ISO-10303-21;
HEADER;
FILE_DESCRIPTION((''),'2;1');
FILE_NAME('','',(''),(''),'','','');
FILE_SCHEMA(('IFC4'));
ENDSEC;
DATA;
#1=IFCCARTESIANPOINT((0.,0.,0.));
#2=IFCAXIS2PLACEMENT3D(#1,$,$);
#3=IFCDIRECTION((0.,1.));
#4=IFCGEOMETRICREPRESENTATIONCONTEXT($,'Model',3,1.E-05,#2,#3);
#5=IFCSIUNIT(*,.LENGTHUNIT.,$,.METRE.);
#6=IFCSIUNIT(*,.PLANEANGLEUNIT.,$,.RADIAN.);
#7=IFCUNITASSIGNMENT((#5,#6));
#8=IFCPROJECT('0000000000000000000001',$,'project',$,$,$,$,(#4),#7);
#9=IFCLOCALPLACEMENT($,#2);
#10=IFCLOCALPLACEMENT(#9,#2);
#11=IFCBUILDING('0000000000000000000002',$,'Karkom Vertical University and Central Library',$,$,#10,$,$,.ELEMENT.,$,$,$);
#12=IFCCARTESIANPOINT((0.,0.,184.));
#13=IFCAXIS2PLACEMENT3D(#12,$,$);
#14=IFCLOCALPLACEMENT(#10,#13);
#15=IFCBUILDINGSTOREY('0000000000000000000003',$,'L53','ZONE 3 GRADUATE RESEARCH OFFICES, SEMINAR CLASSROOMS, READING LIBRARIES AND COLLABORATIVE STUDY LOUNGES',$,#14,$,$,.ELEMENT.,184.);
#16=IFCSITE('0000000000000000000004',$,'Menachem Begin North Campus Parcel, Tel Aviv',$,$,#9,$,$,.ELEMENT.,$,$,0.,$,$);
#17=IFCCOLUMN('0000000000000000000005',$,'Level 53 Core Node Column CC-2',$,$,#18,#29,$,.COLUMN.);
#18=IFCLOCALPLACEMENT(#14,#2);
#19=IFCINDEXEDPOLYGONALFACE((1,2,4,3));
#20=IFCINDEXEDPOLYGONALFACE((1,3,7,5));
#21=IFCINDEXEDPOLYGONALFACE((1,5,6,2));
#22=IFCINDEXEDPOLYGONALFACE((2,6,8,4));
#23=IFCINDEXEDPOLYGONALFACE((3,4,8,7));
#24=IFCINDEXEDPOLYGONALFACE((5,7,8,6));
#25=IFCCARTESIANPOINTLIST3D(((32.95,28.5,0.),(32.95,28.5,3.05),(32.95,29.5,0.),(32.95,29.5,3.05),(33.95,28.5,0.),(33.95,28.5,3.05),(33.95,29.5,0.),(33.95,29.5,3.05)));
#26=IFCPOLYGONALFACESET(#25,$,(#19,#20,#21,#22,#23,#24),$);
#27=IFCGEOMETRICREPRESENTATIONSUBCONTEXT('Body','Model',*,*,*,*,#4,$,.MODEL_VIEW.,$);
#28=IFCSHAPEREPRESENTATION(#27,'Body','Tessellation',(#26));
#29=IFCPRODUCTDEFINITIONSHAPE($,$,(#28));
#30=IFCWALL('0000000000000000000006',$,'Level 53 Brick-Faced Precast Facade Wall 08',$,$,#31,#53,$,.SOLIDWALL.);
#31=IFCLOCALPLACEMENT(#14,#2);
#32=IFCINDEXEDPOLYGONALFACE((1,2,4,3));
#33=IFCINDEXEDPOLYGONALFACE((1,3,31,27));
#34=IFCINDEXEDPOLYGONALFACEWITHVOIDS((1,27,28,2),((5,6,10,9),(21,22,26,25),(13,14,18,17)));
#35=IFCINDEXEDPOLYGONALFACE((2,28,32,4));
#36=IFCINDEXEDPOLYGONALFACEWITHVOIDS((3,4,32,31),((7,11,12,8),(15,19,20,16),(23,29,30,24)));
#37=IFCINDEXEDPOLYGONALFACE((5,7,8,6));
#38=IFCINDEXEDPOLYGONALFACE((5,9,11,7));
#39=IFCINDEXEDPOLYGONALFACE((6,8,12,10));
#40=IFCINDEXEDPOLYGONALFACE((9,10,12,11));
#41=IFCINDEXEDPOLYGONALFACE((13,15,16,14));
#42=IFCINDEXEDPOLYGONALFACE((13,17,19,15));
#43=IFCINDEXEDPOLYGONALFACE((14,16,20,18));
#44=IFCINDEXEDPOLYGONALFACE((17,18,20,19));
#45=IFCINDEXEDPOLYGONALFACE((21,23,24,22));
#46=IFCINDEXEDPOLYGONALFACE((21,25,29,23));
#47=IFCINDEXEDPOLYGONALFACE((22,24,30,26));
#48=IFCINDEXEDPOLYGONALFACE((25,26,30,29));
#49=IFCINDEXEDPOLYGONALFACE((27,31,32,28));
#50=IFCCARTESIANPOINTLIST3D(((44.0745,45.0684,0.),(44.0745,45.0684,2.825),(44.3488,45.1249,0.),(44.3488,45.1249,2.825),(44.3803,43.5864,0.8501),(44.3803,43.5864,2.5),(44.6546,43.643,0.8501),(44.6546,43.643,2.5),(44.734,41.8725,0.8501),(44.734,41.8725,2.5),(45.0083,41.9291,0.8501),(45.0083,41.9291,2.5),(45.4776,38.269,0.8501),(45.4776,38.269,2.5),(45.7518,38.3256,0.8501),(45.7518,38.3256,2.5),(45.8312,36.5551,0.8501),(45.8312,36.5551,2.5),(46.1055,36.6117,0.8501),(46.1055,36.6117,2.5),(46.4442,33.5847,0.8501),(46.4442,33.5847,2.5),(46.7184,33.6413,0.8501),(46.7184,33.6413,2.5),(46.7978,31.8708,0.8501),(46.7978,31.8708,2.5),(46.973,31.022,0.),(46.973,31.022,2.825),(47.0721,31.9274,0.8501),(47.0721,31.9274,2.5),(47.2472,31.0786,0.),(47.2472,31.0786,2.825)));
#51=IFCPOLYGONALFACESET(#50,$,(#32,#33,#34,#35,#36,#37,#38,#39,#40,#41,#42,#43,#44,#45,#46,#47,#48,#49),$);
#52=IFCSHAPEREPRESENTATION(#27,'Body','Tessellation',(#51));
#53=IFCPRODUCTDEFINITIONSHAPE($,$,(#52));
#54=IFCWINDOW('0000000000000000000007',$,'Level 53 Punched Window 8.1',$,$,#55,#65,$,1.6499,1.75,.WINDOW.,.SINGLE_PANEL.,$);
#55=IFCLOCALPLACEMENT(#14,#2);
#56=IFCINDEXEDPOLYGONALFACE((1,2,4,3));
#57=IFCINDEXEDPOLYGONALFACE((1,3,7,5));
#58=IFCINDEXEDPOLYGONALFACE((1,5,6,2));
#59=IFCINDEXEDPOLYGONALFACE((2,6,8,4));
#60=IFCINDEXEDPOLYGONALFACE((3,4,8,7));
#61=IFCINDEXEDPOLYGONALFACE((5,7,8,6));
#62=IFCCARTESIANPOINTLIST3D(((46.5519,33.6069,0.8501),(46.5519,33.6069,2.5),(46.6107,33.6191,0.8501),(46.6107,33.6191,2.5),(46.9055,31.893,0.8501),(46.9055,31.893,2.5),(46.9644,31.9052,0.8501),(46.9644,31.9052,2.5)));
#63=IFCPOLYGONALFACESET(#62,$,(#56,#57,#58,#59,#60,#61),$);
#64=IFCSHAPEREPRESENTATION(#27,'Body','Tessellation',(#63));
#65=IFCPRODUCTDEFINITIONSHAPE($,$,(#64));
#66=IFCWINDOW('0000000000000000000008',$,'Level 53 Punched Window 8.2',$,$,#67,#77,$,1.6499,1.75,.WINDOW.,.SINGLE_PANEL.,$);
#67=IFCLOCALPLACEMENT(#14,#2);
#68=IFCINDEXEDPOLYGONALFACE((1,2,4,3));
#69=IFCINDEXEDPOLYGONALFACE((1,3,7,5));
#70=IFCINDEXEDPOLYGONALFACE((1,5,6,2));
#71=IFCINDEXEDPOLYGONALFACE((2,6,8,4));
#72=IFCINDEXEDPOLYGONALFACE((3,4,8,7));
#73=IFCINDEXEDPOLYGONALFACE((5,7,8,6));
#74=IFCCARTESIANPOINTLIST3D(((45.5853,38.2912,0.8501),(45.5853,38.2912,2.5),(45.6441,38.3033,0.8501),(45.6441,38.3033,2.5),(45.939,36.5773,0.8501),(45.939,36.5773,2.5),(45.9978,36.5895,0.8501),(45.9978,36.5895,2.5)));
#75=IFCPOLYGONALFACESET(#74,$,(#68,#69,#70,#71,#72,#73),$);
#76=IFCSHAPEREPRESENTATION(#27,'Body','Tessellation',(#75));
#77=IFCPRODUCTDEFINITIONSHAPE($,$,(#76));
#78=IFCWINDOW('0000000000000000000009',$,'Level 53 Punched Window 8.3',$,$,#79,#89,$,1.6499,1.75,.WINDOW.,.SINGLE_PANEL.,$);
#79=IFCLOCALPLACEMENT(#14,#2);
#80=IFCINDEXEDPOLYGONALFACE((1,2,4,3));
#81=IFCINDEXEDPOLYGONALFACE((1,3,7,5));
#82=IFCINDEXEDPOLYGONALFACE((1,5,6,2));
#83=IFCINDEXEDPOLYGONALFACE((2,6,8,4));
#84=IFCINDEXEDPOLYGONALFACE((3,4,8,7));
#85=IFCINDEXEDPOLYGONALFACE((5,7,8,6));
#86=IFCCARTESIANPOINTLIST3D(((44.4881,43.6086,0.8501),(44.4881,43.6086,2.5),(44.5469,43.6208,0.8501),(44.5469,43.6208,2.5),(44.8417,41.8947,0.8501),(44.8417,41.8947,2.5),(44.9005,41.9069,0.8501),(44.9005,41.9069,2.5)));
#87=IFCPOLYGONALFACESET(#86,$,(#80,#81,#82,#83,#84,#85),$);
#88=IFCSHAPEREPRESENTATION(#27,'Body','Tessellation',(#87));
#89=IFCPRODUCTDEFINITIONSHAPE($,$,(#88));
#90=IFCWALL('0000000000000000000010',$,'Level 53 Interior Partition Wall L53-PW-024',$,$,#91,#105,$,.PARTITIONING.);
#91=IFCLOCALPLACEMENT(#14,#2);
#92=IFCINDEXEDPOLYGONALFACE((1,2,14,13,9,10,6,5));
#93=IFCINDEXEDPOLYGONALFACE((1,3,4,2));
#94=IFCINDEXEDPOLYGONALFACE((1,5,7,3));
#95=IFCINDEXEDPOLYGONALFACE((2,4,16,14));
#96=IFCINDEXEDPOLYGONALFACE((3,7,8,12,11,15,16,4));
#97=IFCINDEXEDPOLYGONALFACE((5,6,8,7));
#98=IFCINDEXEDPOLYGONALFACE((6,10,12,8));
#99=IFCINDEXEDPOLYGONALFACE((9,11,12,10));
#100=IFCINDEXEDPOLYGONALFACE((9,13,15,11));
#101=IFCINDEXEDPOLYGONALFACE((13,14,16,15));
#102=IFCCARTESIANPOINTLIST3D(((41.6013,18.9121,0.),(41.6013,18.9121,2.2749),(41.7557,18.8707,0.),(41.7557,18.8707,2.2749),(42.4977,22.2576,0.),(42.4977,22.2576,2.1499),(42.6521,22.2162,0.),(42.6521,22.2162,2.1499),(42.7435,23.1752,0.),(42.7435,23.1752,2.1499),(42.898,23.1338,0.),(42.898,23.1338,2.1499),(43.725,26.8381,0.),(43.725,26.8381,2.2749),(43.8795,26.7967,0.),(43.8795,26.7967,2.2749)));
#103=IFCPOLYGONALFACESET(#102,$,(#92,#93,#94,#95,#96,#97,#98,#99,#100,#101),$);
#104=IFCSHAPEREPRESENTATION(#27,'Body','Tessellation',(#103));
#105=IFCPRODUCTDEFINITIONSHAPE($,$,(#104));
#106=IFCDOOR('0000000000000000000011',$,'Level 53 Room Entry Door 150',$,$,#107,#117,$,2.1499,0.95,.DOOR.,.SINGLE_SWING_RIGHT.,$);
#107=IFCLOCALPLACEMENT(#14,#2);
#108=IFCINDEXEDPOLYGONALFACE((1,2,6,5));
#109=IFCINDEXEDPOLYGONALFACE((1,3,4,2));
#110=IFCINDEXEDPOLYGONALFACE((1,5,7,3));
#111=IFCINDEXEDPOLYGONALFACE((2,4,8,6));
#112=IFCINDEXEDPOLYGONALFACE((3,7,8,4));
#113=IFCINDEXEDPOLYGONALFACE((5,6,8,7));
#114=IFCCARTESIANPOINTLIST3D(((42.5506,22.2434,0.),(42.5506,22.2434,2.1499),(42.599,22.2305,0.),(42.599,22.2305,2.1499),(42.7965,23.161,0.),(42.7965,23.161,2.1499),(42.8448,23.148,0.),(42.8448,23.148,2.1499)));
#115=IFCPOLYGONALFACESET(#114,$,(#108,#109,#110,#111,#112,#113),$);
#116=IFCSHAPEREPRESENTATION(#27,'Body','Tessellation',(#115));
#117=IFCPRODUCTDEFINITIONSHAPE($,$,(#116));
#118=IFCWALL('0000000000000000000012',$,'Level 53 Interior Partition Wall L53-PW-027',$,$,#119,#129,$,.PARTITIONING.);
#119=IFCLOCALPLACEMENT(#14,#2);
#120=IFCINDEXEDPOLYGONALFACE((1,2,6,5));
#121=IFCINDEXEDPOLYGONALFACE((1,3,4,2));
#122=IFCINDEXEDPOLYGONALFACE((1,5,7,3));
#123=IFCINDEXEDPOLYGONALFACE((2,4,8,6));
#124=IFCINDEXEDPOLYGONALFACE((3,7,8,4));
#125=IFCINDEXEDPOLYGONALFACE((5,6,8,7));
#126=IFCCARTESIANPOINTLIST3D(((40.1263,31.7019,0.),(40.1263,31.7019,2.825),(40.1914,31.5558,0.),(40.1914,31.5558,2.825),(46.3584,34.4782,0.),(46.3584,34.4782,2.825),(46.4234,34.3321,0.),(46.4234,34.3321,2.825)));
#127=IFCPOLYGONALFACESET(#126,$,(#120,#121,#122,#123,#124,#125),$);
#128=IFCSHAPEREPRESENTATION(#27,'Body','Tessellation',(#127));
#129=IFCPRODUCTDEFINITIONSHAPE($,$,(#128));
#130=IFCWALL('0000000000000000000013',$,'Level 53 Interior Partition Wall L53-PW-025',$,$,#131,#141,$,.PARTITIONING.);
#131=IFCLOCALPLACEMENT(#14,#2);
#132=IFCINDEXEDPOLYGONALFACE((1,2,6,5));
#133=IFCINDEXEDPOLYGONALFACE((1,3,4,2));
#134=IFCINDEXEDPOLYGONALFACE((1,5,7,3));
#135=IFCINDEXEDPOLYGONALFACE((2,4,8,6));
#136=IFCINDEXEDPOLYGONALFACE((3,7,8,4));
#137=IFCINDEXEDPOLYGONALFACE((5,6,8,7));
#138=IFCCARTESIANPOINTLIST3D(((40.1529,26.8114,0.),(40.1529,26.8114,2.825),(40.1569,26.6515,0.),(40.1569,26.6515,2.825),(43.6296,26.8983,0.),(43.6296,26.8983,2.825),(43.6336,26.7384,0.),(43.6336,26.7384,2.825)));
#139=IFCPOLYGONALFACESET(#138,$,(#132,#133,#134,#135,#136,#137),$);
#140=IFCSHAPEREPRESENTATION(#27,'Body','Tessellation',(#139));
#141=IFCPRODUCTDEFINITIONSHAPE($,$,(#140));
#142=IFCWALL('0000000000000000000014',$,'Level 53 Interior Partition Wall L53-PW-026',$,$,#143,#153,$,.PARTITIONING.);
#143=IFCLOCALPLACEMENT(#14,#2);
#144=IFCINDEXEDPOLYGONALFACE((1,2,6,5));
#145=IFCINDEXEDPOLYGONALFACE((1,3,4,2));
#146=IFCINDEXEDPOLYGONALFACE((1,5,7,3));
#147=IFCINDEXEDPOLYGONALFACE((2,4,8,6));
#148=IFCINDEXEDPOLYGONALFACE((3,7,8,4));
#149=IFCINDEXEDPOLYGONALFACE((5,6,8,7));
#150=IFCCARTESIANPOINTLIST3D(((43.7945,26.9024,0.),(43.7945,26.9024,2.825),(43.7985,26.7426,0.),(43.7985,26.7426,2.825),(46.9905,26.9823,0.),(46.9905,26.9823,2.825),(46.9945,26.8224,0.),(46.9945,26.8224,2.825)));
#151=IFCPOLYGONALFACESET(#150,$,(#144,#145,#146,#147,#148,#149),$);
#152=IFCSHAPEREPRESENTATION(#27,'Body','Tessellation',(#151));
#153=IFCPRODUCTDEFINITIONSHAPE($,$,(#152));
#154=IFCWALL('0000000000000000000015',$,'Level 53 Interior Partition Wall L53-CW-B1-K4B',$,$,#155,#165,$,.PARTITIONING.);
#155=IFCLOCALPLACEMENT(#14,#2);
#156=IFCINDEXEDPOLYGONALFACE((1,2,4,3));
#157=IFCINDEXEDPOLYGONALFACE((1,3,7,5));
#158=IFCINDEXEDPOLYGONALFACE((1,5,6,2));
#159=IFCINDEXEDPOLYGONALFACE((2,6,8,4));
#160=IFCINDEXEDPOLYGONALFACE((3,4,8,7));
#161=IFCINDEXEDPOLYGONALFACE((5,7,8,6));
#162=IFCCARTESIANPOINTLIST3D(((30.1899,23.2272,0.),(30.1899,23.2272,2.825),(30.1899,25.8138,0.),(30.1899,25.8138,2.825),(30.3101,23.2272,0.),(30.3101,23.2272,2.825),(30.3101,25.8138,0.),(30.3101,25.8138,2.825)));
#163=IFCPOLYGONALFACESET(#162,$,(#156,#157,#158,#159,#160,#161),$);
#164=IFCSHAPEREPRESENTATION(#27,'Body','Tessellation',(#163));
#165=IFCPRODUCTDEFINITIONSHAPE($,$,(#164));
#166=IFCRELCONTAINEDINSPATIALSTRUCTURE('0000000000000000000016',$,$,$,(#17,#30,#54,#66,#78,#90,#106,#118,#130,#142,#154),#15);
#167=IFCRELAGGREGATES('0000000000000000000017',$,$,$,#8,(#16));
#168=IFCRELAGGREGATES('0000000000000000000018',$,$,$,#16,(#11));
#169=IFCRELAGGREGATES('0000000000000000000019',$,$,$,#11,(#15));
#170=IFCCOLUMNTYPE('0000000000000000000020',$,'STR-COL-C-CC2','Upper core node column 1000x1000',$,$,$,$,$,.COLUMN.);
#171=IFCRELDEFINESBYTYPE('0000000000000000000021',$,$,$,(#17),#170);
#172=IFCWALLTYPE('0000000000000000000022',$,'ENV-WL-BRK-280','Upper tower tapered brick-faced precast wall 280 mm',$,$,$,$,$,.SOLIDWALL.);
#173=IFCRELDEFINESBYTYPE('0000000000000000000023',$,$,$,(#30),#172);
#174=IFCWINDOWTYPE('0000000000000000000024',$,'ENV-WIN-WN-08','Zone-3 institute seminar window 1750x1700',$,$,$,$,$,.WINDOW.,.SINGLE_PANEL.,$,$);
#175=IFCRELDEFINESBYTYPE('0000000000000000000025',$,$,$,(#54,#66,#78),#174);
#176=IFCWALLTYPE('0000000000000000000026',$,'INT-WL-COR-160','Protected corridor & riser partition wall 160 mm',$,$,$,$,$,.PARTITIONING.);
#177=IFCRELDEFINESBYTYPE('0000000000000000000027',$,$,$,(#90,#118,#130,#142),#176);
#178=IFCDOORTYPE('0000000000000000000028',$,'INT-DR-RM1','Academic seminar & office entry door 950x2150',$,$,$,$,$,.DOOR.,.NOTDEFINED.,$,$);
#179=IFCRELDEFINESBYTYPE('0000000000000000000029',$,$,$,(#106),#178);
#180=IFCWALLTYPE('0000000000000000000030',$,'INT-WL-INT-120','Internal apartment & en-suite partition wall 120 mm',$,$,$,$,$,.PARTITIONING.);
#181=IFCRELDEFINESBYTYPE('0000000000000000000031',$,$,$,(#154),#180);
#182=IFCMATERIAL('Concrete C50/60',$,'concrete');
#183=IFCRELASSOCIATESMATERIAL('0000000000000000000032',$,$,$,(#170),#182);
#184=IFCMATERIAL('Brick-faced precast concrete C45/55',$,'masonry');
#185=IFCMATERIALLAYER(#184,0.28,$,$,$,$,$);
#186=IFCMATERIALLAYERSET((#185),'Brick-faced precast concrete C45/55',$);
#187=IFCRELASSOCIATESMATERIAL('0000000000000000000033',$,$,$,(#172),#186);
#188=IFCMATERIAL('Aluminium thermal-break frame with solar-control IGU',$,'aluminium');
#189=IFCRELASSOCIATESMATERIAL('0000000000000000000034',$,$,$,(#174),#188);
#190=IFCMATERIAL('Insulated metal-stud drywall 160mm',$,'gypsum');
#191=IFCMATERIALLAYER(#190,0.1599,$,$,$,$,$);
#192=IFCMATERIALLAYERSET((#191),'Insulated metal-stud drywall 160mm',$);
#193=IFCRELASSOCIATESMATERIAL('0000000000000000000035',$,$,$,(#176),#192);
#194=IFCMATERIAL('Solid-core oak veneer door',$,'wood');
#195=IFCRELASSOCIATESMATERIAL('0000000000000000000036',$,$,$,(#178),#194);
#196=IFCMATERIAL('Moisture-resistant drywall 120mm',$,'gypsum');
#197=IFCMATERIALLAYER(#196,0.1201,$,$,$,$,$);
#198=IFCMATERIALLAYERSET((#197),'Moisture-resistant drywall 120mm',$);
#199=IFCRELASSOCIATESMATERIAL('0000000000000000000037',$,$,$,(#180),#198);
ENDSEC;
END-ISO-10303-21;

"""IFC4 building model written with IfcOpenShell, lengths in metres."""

from ifc_helpers import new_model, si_unit, direction, frame, frame_2d, origin, origin_with_axes, origin_2d, place, context, subcontext, project, spatial, rectangle, extrude, source, transform, mapped, material, layer, layer_set, material_profile, profile_set, type_object, element, fill, save


model = new_model("IFC4")

# Units and contexts
model_context = context("Model", 3, precision=1e-05, world=origin(), true_north=direction((0.0, 1.0)))
body_context = subcontext(model_context, "Body", "Model", "MODEL_VIEW")
ifc_project = project(units=[si_unit("LENGTHUNIT", "METRE"), si_unit("PLANEANGLEUNIT", "RADIAN")], contexts=[model_context])

# Site, building, storey
site_placement = place(None, origin())
site = spatial("IfcSite", under=ifc_project, at=site_placement, Name="Menachem Begin North Campus Parcel, Tel Aviv", CompositionType="ELEMENT", RefElevation=0.0)
building_placement = place(site_placement, origin())
building = spatial("IfcBuilding", under=site, at=building_placement, Name="Karkom Vertical University and Central Library", CompositionType="ELEMENT")
storey_placement = place(building_placement, frame((0.0, 0.0, 184.0)))
storey = spatial("IfcBuildingStorey", under=building, at=storey_placement, Name="L53", Description="ZONE 3 GRADUATE RESEARCH OFFICES, SEMINAR CLASSROOMS, READING LIBRARIES AND COLLABORATIVE STUDY LOUNGES", CompositionType="ELEMENT", Elevation=184.0)

# Column
ifc_material_1 = material(Name="Concrete C50/60", Category="concrete")
ifc_material_profile = material_profile(ifc_material_1, rectangle(XDim=1.0, YDim=1.0, at=origin_2d()), Name="RC-1000x1000")
ifc_profile_set = profile_set([ifc_material_profile], Name="Concrete C50/60")
column_type = type_object("IfcColumnType", Name="STR-COL-C-CC2", Description="Upper core node column 1000x1000", PredefinedType="COLUMN", material=ifc_profile_set)
shared_shape_1 = source(origin_with_axes(), body_context, "Body", "SweptSolid", [
    extrude(rectangle(XDim=1.0, YDim=1.0, at=origin_2d()), origin(), (0.0, 0.0, 1.0), 3.05),
])
column_placement = place(storey_placement, frame((33.45, 29.0, 0.0), z_axis=(0.0, 0.0, 1.0), x_axis=(1.0, 0.0, 0.0)))
element("IfcColumn", 1, at=column_placement, inside=storey, type_object=column_type, Name="Level 53 Core Node Column CC-2", PredefinedType="COLUMN", context=body_context, shape_type="MappedRepresentation", body=[
    mapped(shared_shape_1, transform((0.0, 0.0, 0.0), scale=1.0)),
])

# Wall, openings, windows
ifc_material_2 = material(Name="Brick-faced precast concrete C45/55", Category="masonry")
ifc_layer_1 = layer(ifc_material_2, 0.28)
ifc_layer_set_1 = layer_set([ifc_layer_1], Name="Brick-faced precast concrete C45/55")
wall_type_1 = type_object("IfcWallType", Name="ENV-WL-BRK-280", Description="Upper tower tapered brick-faced precast wall 280 mm", PredefinedType="SOLIDWALL", material=ifc_layer_set_1)
wall_1_placement = place(storey_placement, frame((47.1101, 31.0503, 0.0), z_axis=(0.0, 0.0, 1.0), x_axis=(-0.20209, 0.979367, 0.0)))
wall_1 = element("IfcWall", 2, at=wall_1_placement, inside=storey, type_object=wall_type_1, Name="Level 53 Brick-Faced Precast Facade Wall 08", PredefinedType="SOLIDWALL", context=body_context, shape_type="SweptSolid", body=[
    extrude(rectangle(XDim=14.3423, YDim=0.28, at=frame_2d((7.1711, 0.0))), origin(), (0.0, 0.0, 1.0), 2.825),
])
opening_1_placement = place(wall_1_placement, frame((0.8667, 0.0, 0.8501)))
opening_1 = element("IfcOpeningElement", 3, at=opening_1_placement, cuts=wall_1, PredefinedType="OPENING", context=body_context, shape_type="SweptSolid", body=[
    extrude(rectangle(XDim=1.75, YDim=1.6499, at=frame_2d((0.875, 0.825))), frame((0.0, 0.1499, 0.0), z_axis=(0.0, -1.0, 0.0), x_axis=(1.0, 0.0, 0.0)), (0.0, 0.0, 1.0), 0.3),
])
opening_2_placement = place(wall_1_placement, frame((5.6497, 0.0, 0.8501)))
opening_2 = element("IfcOpeningElement", 4, at=opening_2_placement, cuts=wall_1, PredefinedType="OPENING", context=body_context, shape_type="SweptSolid", body=[
    extrude(rectangle(XDim=1.75, YDim=1.6499, at=frame_2d((0.875, 0.825))), frame((0.0, 0.1499, 0.0), z_axis=(0.0, -1.0, 0.0), x_axis=(1.0, 0.0, 0.0)), (0.0, 0.0, 1.0), 0.3),
])
opening_3_placement = place(wall_1_placement, frame((11.0791, 0.0, 0.8501)))
opening_3 = element("IfcOpeningElement", 5, at=opening_3_placement, cuts=wall_1, PredefinedType="OPENING", context=body_context, shape_type="SweptSolid", body=[
    extrude(rectangle(XDim=1.75, YDim=1.6499, at=frame_2d((0.875, 0.825))), frame((0.0, 0.1499, 0.0), z_axis=(0.0, -1.0, 0.0), x_axis=(1.0, 0.0, 0.0)), (0.0, 0.0, 1.0), 0.3),
])
ifc_material_3 = material(Name="Aluminium thermal-break frame with solar-control IGU", Category="aluminium")
window_type = type_object("IfcWindowType", Name="ENV-WIN-WN-08", Description="Zone-3 institute seminar window 1750x1700", PartitioningType="SINGLE_PANEL", PredefinedType="WINDOW", material=ifc_material_3)
shared_shape_2 = source(origin_with_axes(), body_context, "Body", "SweptSolid", [
    extrude(rectangle(XDim=1.75, YDim=1.6499, at=frame_2d((0.875, 0.825))), frame((0.0, 0.03, 0.0), z_axis=(0.0, -1.0, 0.0), x_axis=(1.0, 0.0, 0.0)), (0.0, 0.0, 1.0), 0.0601),
])
window_1_placement = place(opening_1_placement, origin())
window_1 = element("IfcWindow", 6, at=window_1_placement, inside=storey, type_object=window_type, Name="Level 53 Punched Window 8.1", OverallHeight=1.6499, OverallWidth=1.75, PartitioningType="SINGLE_PANEL", PredefinedType="WINDOW", context=body_context, shape_type="MappedRepresentation", body=[
    mapped(shared_shape_2, transform((0.0, 0.0, 0.0), scale=1.0)),
])
fill(opening_1, window_1)
window_2_placement = place(opening_2_placement, origin())
window_2 = element("IfcWindow", 7, at=window_2_placement, inside=storey, type_object=window_type, Name="Level 53 Punched Window 8.2", OverallHeight=1.6499, OverallWidth=1.75, PartitioningType="SINGLE_PANEL", PredefinedType="WINDOW", context=body_context, shape_type="MappedRepresentation", body=[
    mapped(shared_shape_2, transform((0.0, 0.0, 0.0), scale=1.0)),
])
fill(opening_2, window_2)
window_3_placement = place(opening_3_placement, origin())
window_3 = element("IfcWindow", 8, at=window_3_placement, inside=storey, type_object=window_type, Name="Level 53 Punched Window 8.3", OverallHeight=1.6499, OverallWidth=1.75, PartitioningType="SINGLE_PANEL", PredefinedType="WINDOW", context=body_context, shape_type="MappedRepresentation", body=[
    mapped(shared_shape_2, transform((0.0, 0.0, 0.0), scale=1.0)),
])
fill(opening_3, window_3)

# Wall, opening, door
ifc_material_4 = material(Name="Insulated metal-stud drywall 160mm", Category="gypsum")
ifc_layer_2 = layer(ifc_material_4, 0.1599)
ifc_layer_set_2 = layer_set([ifc_layer_2], Name="Insulated metal-stud drywall 160mm")
wall_type_2 = type_object("IfcWallType", Name="INT-WL-COR-160", Description="Protected corridor & riser partition wall 160 mm", PredefinedType="PARTITIONING", material=ifc_layer_set_2)
wall_2_placement = place(storey_placement, frame((43.8022, 26.8174, 0.0), z_axis=(0.0, 0.0, 1.0), x_axis=(-0.25882, -0.965926, 0.0)))
wall_2 = element("IfcWall", 9, at=wall_2_placement, inside=storey, type_object=wall_type_2, Name="Level 53 Interior Partition Wall L53-PW-024", PredefinedType="PARTITIONING", context=body_context, shape_type="SweptSolid", body=[
    extrude(rectangle(XDim=8.2056, YDim=0.1599, at=frame_2d((4.1028, 0.0))), origin(), (0.0, 0.0, 1.0), 2.2749),
])
opening_4_placement = place(wall_2_placement, frame((3.792, 0.0, 0.0)))
opening_4 = element("IfcOpeningElement", 10, at=opening_4_placement, cuts=wall_2, PredefinedType="OPENING", context=body_context, shape_type="SweptSolid", body=[
    extrude(rectangle(XDim=0.95, YDim=2.1499, at=frame_2d((0.4751, 1.075))), frame((0.0, 0.0898, 0.0), z_axis=(0.0, -1.0, 0.0), x_axis=(1.0, 0.0, 0.0)), (0.0, 0.0, 1.0), 0.1799),
])
ifc_material_5 = material(Name="Solid-core oak veneer door", Category="wood")
door_type_1 = type_object("IfcDoorType", Name="INT-DR-RM1", Description="Academic seminar & office entry door 950x2150", OperationType="NOTDEFINED", PredefinedType="DOOR", material=ifc_material_5)
shared_shape_3 = source(origin_with_axes(), body_context, "Body", "SweptSolid", [
    extrude(rectangle(XDim=0.95, YDim=2.1499, at=frame_2d((0.4751, 1.075))), frame((0.0, 0.0249, 0.0), z_axis=(0.0, -1.0, 0.0), x_axis=(1.0, 0.0, 0.0)), (0.0, 0.0, 1.0), 0.05),
])
door_1_placement = place(opening_4_placement, origin())
door_1 = element("IfcDoor", 11, at=door_1_placement, inside=storey, type_object=door_type_1, Name="Level 53 Room Entry Door 150", OperationType="SINGLE_SWING_RIGHT", OverallHeight=2.1499, OverallWidth=0.95, PredefinedType="DOOR", context=body_context, shape_type="MappedRepresentation", body=[
    mapped(shared_shape_3, transform((0.0, 0.0, 0.0), scale=1.0)),
])
fill(opening_4, door_1)

# Walls
wall_3_placement = place(storey_placement, frame((40.1589, 31.6289, 0.0), z_axis=(0.0, 0.0, 1.0), x_axis=(0.913457, 0.406935, 0.0)))
element("IfcWall", 12, at=wall_3_placement, inside=storey, type_object=wall_type_2, Name="Level 53 Interior Partition Wall L53-PW-027", PredefinedType="PARTITIONING", context=body_context, shape_type="SweptSolid", body=[
    extrude(rectangle(XDim=6.8225, YDim=0.1599, at=frame_2d((3.4111, 0.0))), origin(), (0.0, 0.0, 1.0), 2.825),
])
wall_4_placement = place(storey_placement, frame((40.155, 26.7314, 0.0), z_axis=(0.0, 0.0, 1.0), x_axis=(0.999688, 0.02499, 0.0)))
element("IfcWall", 13, at=wall_4_placement, inside=storey, type_object=wall_type_2, Name="Level 53 Interior Partition Wall L53-PW-025", PredefinedType="PARTITIONING", context=body_context, shape_type="SweptSolid", body=[
    extrude(rectangle(XDim=3.4778, YDim=0.1599, at=frame_2d((1.7388, 0.0))), origin(), (0.0, 0.0, 1.0), 2.825),
])
wall_5_placement = place(storey_placement, frame((43.7964, 26.8225, 0.0), z_axis=(0.0, 0.0, 1.0), x_axis=(0.999688, 0.024971, 0.0)))
element("IfcWall", 14, at=wall_5_placement, inside=storey, type_object=wall_type_2, Name="Level 53 Interior Partition Wall L53-PW-026", PredefinedType="PARTITIONING", context=body_context, shape_type="SweptSolid", body=[
    extrude(rectangle(XDim=3.197, YDim=0.1599, at=frame_2d((1.5986, 0.0))), origin(), (0.0, 0.0, 1.0), 2.825),
])
ifc_material_6 = material(Name="Moisture-resistant drywall 120mm", Category="gypsum")
ifc_layer_3 = layer(ifc_material_6, 0.1201)
ifc_layer_set_3 = layer_set([ifc_layer_3], Name="Moisture-resistant drywall 120mm")
wall_type_3 = type_object("IfcWallType", Name="INT-WL-INT-120", Description="Internal apartment & en-suite partition wall 120 mm", PredefinedType="PARTITIONING", material=ifc_layer_set_3)
wall_6_placement = place(storey_placement, frame((30.25, 23.2271, 0.0), z_axis=(0.0, 0.0, 1.0), x_axis=(0.0, 1.0, 0.0)))
element("IfcWall", 15, at=wall_6_placement, inside=storey, type_object=wall_type_3, Name="Level 53 Interior Partition Wall L53-CW-B1-K4B", PredefinedType="PARTITIONING", context=body_context, shape_type="SweptSolid", body=[
    extrude(rectangle(XDim=2.5867, YDim=0.1201, at=frame_2d((1.2935, 0.0))), origin(), (0.0, 0.0, 1.0), 2.825),
])

save(model, "model.ifc")
